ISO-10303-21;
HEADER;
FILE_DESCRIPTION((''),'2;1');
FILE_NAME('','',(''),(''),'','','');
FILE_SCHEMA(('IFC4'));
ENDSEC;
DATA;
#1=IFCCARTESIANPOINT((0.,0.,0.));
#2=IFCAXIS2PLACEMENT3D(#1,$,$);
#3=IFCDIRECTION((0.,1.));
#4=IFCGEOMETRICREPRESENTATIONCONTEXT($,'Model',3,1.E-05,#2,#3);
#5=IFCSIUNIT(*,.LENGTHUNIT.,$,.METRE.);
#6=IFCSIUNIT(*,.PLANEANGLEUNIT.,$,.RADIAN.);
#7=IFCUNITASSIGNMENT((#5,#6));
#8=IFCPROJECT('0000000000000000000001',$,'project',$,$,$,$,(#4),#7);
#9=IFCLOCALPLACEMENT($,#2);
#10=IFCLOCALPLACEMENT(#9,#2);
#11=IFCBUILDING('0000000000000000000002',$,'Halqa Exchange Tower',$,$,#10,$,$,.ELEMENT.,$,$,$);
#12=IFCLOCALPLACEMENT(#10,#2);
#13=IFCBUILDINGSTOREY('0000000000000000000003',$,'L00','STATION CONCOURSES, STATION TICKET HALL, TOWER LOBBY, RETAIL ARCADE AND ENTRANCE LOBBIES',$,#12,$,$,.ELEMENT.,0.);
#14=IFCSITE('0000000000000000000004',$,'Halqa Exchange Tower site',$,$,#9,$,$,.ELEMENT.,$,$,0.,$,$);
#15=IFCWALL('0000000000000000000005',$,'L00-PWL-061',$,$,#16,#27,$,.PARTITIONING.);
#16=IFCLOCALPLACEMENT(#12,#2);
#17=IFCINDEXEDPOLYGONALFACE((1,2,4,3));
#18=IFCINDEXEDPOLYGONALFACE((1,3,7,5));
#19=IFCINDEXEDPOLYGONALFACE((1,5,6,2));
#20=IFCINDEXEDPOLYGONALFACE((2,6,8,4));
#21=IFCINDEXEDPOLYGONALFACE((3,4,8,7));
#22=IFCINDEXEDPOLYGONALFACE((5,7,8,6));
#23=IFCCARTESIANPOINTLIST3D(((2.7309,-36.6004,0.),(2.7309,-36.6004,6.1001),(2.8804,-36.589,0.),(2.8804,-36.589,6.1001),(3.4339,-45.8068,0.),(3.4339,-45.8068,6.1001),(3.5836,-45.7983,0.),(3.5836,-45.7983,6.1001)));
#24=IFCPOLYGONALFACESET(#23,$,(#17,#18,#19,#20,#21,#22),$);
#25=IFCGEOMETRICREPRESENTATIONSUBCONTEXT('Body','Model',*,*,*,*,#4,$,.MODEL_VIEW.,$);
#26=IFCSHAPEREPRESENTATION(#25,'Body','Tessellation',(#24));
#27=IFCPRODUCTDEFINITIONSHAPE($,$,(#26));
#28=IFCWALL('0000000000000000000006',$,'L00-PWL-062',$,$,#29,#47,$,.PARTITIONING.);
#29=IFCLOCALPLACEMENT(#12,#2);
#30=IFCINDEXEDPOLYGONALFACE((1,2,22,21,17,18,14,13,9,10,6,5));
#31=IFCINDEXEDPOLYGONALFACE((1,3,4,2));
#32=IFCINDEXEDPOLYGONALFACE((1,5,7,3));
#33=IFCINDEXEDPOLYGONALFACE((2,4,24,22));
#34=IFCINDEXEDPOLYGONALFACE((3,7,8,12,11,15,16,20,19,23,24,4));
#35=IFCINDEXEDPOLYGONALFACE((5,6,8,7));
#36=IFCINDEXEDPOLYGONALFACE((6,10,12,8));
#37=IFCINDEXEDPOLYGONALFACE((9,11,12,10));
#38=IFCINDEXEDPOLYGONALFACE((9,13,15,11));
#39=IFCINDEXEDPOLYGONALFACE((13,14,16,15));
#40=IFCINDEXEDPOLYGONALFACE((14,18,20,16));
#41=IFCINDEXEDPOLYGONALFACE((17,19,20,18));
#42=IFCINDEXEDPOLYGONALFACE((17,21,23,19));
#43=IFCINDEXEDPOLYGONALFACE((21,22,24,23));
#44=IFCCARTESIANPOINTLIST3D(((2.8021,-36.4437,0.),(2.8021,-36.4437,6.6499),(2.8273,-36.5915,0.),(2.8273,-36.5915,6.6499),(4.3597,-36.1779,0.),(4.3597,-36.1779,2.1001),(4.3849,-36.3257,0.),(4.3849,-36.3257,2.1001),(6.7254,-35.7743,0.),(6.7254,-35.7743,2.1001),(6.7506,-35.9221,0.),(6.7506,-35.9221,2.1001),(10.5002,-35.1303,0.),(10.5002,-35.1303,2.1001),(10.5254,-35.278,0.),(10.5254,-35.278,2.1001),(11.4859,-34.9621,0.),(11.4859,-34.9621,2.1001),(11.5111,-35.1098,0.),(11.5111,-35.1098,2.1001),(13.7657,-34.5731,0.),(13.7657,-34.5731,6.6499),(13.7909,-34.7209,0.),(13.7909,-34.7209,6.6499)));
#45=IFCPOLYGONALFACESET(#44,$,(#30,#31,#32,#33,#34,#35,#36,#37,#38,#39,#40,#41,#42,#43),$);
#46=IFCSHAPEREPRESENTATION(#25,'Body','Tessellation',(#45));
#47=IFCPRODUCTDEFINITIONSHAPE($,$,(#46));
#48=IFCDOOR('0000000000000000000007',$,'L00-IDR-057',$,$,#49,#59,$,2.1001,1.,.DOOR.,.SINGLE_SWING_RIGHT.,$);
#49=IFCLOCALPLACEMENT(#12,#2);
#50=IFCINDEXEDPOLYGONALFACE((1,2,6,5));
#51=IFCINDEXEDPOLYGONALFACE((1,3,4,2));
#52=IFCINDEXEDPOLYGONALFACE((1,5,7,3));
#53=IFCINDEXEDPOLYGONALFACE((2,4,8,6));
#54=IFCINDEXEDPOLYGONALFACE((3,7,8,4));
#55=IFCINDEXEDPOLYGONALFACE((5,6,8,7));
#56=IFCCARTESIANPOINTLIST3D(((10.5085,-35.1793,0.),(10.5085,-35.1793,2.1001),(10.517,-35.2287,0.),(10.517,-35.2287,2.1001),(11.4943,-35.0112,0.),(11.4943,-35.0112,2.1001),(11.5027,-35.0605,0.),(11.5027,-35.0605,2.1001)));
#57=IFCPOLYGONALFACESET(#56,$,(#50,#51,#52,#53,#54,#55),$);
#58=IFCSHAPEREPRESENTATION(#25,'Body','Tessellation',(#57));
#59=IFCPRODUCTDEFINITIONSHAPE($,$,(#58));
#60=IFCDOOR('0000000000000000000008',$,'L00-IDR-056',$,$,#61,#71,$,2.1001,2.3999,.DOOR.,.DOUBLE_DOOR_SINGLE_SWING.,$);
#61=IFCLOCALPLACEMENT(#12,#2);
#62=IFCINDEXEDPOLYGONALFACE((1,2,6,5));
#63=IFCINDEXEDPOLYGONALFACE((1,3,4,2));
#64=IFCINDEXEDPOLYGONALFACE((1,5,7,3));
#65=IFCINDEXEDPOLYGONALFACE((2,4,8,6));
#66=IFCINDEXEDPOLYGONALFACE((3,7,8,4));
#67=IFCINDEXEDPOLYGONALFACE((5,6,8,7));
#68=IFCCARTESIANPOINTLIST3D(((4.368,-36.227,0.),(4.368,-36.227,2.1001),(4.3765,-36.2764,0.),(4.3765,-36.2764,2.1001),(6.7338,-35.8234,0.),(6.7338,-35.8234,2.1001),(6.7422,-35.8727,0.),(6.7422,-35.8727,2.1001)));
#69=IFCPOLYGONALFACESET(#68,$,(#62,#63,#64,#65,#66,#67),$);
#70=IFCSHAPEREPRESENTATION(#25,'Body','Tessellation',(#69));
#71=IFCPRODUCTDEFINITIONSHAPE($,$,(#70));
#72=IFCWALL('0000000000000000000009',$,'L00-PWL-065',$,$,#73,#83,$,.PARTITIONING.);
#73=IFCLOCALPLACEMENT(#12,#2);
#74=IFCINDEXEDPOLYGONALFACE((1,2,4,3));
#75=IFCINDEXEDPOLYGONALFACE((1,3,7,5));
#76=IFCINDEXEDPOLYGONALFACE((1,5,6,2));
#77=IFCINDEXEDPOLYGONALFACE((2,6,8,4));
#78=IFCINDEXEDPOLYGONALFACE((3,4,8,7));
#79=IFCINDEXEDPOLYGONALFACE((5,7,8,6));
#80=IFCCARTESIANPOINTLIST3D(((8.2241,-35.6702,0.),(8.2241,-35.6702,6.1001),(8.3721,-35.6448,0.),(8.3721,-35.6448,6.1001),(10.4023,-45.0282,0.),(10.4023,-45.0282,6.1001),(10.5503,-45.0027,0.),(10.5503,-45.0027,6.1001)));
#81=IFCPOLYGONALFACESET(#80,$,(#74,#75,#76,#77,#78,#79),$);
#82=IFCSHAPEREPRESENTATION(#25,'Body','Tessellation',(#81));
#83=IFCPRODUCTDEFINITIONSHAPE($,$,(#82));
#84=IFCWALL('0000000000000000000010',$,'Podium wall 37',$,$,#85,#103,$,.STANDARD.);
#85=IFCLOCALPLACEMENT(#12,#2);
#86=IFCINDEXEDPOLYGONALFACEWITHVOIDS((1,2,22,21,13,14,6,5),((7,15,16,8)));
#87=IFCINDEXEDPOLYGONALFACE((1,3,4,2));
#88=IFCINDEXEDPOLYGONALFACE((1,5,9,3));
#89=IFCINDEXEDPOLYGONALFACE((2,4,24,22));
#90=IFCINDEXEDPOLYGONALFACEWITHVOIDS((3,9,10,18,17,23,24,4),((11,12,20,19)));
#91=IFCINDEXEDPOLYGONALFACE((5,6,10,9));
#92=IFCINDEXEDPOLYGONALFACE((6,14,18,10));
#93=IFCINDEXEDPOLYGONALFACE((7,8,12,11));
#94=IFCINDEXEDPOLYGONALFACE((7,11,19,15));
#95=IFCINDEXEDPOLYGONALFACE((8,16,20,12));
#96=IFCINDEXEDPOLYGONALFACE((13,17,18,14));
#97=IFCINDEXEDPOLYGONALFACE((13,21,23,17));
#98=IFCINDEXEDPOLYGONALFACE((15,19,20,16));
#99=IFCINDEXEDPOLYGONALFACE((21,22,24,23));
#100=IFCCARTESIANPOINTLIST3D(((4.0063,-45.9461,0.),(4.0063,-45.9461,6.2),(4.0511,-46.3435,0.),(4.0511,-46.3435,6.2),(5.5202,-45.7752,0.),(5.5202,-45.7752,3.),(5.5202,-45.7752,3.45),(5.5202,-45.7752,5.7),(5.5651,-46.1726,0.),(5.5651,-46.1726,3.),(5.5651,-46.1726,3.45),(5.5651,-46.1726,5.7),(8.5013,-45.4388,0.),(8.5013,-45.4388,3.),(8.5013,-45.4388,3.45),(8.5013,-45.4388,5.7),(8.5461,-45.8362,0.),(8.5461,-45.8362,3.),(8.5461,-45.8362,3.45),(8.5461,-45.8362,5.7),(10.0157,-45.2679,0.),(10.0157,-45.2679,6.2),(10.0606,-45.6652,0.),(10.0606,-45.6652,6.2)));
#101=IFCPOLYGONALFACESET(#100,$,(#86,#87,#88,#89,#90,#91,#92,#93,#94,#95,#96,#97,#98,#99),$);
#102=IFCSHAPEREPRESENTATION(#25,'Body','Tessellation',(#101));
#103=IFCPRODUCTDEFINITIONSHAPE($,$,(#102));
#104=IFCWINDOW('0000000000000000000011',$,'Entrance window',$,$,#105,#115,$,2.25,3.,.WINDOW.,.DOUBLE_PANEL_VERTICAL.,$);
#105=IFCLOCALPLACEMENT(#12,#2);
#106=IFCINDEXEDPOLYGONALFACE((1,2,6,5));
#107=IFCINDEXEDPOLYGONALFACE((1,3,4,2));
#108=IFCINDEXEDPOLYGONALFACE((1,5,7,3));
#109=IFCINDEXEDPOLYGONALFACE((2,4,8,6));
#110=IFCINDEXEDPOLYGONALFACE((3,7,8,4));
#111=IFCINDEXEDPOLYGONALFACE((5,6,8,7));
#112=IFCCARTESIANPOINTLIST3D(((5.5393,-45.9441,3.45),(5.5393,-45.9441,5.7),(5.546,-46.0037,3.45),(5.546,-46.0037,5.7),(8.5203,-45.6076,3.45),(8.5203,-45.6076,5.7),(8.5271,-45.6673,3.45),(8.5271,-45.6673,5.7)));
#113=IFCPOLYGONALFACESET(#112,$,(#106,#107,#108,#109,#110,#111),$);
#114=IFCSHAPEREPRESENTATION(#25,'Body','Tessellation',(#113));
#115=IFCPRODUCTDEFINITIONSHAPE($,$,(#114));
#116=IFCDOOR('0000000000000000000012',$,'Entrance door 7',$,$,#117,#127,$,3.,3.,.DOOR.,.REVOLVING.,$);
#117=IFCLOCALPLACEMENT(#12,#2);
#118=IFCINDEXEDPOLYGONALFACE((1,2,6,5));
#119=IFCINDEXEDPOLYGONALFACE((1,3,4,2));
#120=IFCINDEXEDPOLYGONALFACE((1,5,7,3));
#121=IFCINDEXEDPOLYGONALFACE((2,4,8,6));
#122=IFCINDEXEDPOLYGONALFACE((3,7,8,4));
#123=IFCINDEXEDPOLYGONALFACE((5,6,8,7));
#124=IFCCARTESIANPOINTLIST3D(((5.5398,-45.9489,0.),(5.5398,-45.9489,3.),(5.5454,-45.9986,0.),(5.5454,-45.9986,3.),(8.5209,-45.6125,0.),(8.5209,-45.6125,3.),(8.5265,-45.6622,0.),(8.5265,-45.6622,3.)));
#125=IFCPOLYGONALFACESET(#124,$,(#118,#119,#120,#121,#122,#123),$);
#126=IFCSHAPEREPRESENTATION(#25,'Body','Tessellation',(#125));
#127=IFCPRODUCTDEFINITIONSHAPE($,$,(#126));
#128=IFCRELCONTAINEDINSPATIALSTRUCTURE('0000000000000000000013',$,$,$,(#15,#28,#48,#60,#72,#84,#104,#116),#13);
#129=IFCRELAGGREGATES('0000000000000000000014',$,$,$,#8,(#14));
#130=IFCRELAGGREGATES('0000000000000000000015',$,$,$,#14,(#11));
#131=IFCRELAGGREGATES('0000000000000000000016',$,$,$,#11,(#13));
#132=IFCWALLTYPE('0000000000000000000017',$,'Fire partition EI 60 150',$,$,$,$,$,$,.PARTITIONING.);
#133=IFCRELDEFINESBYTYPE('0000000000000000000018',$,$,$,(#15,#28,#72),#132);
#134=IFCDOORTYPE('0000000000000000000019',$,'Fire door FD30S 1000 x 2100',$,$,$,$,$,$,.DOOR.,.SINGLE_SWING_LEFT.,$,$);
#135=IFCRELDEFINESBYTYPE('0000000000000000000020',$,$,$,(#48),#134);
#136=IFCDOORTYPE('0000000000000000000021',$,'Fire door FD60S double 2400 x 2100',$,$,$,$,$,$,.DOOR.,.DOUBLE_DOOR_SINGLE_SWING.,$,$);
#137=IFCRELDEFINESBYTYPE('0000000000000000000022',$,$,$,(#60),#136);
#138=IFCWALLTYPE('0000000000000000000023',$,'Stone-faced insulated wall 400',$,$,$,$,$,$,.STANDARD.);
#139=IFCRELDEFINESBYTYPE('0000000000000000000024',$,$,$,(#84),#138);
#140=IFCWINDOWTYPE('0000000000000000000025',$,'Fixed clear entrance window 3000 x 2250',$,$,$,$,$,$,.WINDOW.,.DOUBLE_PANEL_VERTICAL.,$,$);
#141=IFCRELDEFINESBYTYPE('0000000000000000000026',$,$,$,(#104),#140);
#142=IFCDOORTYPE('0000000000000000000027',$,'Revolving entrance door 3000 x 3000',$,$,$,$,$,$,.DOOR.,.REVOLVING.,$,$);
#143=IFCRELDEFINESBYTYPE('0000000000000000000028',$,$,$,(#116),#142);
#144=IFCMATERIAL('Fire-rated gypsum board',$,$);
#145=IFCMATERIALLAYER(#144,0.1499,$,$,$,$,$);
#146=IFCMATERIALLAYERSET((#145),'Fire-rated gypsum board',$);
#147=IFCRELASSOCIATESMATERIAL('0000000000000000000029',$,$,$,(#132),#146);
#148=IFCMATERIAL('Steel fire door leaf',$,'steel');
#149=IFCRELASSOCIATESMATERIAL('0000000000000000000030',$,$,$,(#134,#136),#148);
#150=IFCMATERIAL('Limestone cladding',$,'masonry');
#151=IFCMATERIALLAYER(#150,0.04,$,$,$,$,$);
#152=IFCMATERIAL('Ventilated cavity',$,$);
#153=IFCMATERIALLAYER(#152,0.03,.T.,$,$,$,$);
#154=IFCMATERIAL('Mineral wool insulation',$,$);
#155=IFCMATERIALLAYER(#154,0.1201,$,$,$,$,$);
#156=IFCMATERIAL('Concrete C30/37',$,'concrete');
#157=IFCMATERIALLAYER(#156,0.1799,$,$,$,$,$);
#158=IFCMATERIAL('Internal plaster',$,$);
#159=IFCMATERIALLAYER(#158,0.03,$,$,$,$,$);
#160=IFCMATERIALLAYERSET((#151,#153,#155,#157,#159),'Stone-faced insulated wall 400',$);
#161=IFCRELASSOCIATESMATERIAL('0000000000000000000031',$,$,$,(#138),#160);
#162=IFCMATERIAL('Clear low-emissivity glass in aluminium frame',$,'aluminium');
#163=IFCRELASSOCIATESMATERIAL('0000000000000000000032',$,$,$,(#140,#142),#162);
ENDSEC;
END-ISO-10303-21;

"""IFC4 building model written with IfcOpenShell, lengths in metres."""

from ifc_helpers import new_model, si_unit, direction, frame, frame_2d, origin, place, context, subcontext, project, spatial, polyline, rectangle, outline, extrude, material, layer, layer_set, type_object, element, fill, save


model = new_model("IFC4")

# Units and contexts
model_context = context("Model", 3, precision=1e-05, world=origin(), true_north=direction((0.0, 1.0)))
body_context = subcontext(model_context, "Body", "Model", "MODEL_VIEW")
ifc_project = project(units=[si_unit("LENGTHUNIT", "METRE"), si_unit("PLANEANGLEUNIT", "RADIAN")], contexts=[model_context])

# Site, building, storey
site_placement = place(None, origin())
site = spatial("IfcSite", under=ifc_project, at=site_placement, Name="Halqa Exchange Tower site", CompositionType="ELEMENT", RefElevation=0.0)
building_placement = place(site_placement, origin())
building = spatial("IfcBuilding", under=site, at=building_placement, Name="Halqa Exchange Tower", CompositionType="ELEMENT")
storey_placement = place(building_placement, origin())
storey = spatial("IfcBuildingStorey", under=building, at=storey_placement, Name="L00", Description="STATION CONCOURSES, STATION TICKET HALL, TOWER LOBBY, RETAIL ARCADE AND ENTRANCE LOBBIES", CompositionType="ELEMENT", Elevation=0.0)

# Shared definitions
ifc_material_1 = material(Name="Fire-rated gypsum board")
ifc_layer_1 = layer(ifc_material_1, 0.1499)
ifc_layer_set_1 = layer_set([ifc_layer_1], Name="Fire-rated gypsum board")
wall_type_1 = type_object("IfcWallType", Name="Fire partition EI 60 150", PredefinedType="PARTITIONING", material=ifc_layer_set_1)
ifc_material_2 = material(Name="Steel fire door leaf", Category="steel")
door_type_1 = type_object("IfcDoorType", Name="Fire door FD30S 1000 x 2100", OperationType="SINGLE_SWING_LEFT", PredefinedType="DOOR", material=ifc_material_2)

# Wall
wall_1_placement = place(storey_placement, frame((2.8057, -36.5947, 0.0), z_axis=(0.0, 0.0, 1.0), x_axis=(0.076141, -0.997097, 0.0)))
element("IfcWall", 1, at=wall_1_placement, inside=storey, type_object=wall_type_1, Name="L00-PWL-061", PredefinedType="PARTITIONING", context=body_context, shape_type="SweptSolid", body=[
    extrude(outline(polyline([(0.0, -0.075), (9.2332, -0.075), (9.2361, 0.075), (0.0, 0.075), (0.0, -0.075)])), origin(), (0.0, 0.0, 1.0), 6.1001),
])

# Wall, openings, doors
wall_2_placement = place(storey_placement, frame((2.8147, -36.5176, 0.0), z_axis=(0.0, 0.0, 1.0), x_axis=(0.985755, 0.168189, 0.0)))
wall_2 = element("IfcWall", 2, at=wall_2_placement, inside=storey, type_object=wall_type_1, Name="L00-PWL-062", PredefinedType="PARTITIONING", context=body_context, shape_type="SweptSolid", body=[
    extrude(rectangle(XDim=11.1221, YDim=0.1499, at=frame_2d((5.561, 0.0))), origin(), (0.0, 0.0, 1.0), 6.6499),
])
opening_1_placement = place(wall_2_placement, frame((1.5801, 0.0, 0.0)))
opening_1 = element("IfcOpeningElement", 3, at=opening_1_placement, cuts=wall_2, PredefinedType="OPENING", context=body_context, shape_type="SweptSolid", body=[
    extrude(rectangle(XDim=2.3999, YDim=2.1001, at=frame_2d((1.2, 1.05))), frame((0.0, 0.0869, 0.0), z_axis=(0.0, -1.0, 0.0), x_axis=(1.0, 0.0, 0.0)), (0.0, 0.0, 1.0), 0.1738),
])
opening_2_placement = place(wall_2_placement, frame((7.8093, 0.0, 0.0)))
opening_2 = element("IfcOpeningElement", 4, at=opening_2_placement, cuts=wall_2, PredefinedType="OPENING", context=body_context, shape_type="SweptSolid", body=[
    extrude(rectangle(XDim=1.0, YDim=2.1001, at=frame_2d((0.5, 1.05))), frame((0.0, 0.0869, 0.0), z_axis=(0.0, -1.0, 0.0), x_axis=(1.0, 0.0, 0.0)), (0.0, 0.0, 1.0), 0.1738),
])
door_1_placement = place(opening_2_placement, frame((1.0, 0.0, 0.0), z_axis=(0.0, 0.0, 1.0), x_axis=(-1.0, 0.0, 0.0)))
door_1 = element("IfcDoor", 5, at=door_1_placement, inside=storey, type_object=door_type_1, Name="L00-IDR-057", OperationType="SINGLE_SWING_RIGHT", OverallHeight=2.1001, OverallWidth=1.0, PredefinedType="DOOR", context=body_context, shape_type="SweptSolid", body=[
    extrude(rectangle(XDim=1.0, YDim=2.1001, at=frame_2d((0.5, 1.05))), frame((0.0, 0.0249, 0.0), z_axis=(0.0, -1.0, 0.0), x_axis=(1.0, 0.0, 0.0)), (0.0, 0.0, 1.0), 0.05),
])
fill(opening_2, door_1)
door_type_2 = type_object("IfcDoorType", Name="Fire door FD60S double 2400 x 2100", OperationType="DOUBLE_DOOR_SINGLE_SWING", PredefinedType="DOOR", material=ifc_material_2)
door_2_placement = place(opening_1_placement, frame((2.3999, 0.0, 0.0), z_axis=(0.0, 0.0, 1.0), x_axis=(-1.0, 0.0, 0.0)))
door_2 = element("IfcDoor", 6, at=door_2_placement, inside=storey, type_object=door_type_2, Name="L00-IDR-056", OperationType="DOUBLE_DOOR_SINGLE_SWING", OverallHeight=2.1001, OverallWidth=2.3999, PredefinedType="DOOR", context=body_context, shape_type="SweptSolid", body=[
    extrude(rectangle(XDim=2.3999, YDim=2.1001, at=frame_2d((1.2, 1.05))), frame((0.0, 0.0249, 0.0), z_axis=(0.0, -1.0, 0.0), x_axis=(1.0, 0.0, 0.0)), (0.0, 0.0, 1.0), 0.05),
])
fill(opening_1, door_2)

# Wall
wall_3_placement = place(storey_placement, frame((8.2981, -35.6575, 0.0), z_axis=(0.0, 0.0, 1.0), x_axis=(0.226707, -0.973963, 0.0)))
element("IfcWall", 7, at=wall_3_placement, inside=storey, type_object=wall_type_1, Name="L00-PWL-065", PredefinedType="PARTITIONING", context=body_context, shape_type="SweptSolid", body=[
    extrude(outline(polyline([(-0.0044, -0.075), (9.6038, -0.075), (9.6125, 0.075), (0.0044, 0.075), (-0.0044, -0.075)])), origin(), (0.0, 0.0, 1.0), 6.1001),
])

# Wall, openings, window, door
ifc_material_3 = material(Name="Limestone cladding", Category="masonry")
ifc_layer_2 = layer(ifc_material_3, 0.04)
ifc_material_4 = material(Name="Ventilated cavity")
ifc_layer_3 = layer(ifc_material_4, 0.03, ventilated=True)
ifc_material_5 = material(Name="Mineral wool insulation")
ifc_layer_4 = layer(ifc_material_5, 0.1201)
ifc_material_6 = material(Name="Concrete C30/37", Category="concrete")
ifc_layer_5 = layer(ifc_material_6, 0.1799)
ifc_material_7 = material(Name="Internal plaster")
ifc_layer_6 = layer(ifc_material_7, 0.03)
ifc_layer_set_2 = layer_set([ifc_layer_2, ifc_layer_3, ifc_layer_4, ifc_layer_5, ifc_layer_6], Name="Stone-faced insulated wall 400")
wall_type_2 = type_object("IfcWallType", Name="Stone-faced insulated wall 400", PredefinedType="STANDARD", material=ifc_layer_set_2)
wall_4_placement = place(storey_placement, frame((4.0286, -46.1448, 0.0), z_axis=(0.0, 0.0, 1.0), x_axis=(0.993692, 0.112146, 0.0)))
wall_4 = element("IfcWall", 8, at=wall_4_placement, inside=storey, type_object=wall_type_2, Name="Podium wall 37", PredefinedType="STANDARD", context=body_context, shape_type="SweptSolid", body=[
    extrude(rectangle(XDim=6.0476, YDim=0.3999, at=frame_2d((3.0239, 0.0))), origin(), (0.0, 0.0, 1.0), 6.2),
])
opening_3_placement = place(wall_4_placement, frame((1.5237, 0.0, 0.0)))
opening_3 = element("IfcOpeningElement", 9, at=opening_3_placement, cuts=wall_4, PredefinedType="OPENING", context=body_context, shape_type="SweptSolid", body=[
    extrude(rectangle(XDim=3.0, YDim=3.0, at=frame_2d((1.5, 1.5))), frame((0.0, 0.2119, 0.0), z_axis=(0.0, -1.0, 0.0), x_axis=(1.0, 0.0, 0.0)), (0.0, 0.0, 1.0), 0.4238),
])
opening_4_placement = place(wall_4_placement, frame((1.5237, 0.0, 3.45)))
opening_4 = element("IfcOpeningElement", 10, at=opening_4_placement, cuts=wall_4, PredefinedType="OPENING", context=body_context, shape_type="SweptSolid", body=[
    extrude(rectangle(XDim=3.0, YDim=2.25, at=frame_2d((1.5, 1.125))), frame((0.0, 0.2119, 0.0), z_axis=(0.0, -1.0, 0.0), x_axis=(1.0, 0.0, 0.0)), (0.0, 0.0, 1.0), 0.4238),
])
ifc_material_8 = material(Name="Clear low-emissivity glass in aluminium frame", Category="aluminium")
window_type = type_object("IfcWindowType", Name="Fixed clear entrance window 3000 x 2250", PartitioningType="DOUBLE_PANEL_VERTICAL", PredefinedType="WINDOW", material=ifc_material_8)
window_placement = place(opening_4_placement, origin())
window = element("IfcWindow", 11, at=window_placement, inside=storey, type_object=window_type, Name="Entrance window", OverallHeight=2.25, OverallWidth=3.0, PartitioningType="DOUBLE_PANEL_VERTICAL", PredefinedType="WINDOW", context=body_context, shape_type="SweptSolid", body=[
    extrude(rectangle(XDim=3.0, YDim=2.25, at=frame_2d((1.5, 1.125))), frame((0.0, 0.03, 0.0), z_axis=(0.0, -1.0, 0.0), x_axis=(1.0, 0.0, 0.0)), (0.0, 0.0, 1.0), 0.0601),
])
fill(opening_4, window)
door_type_3 = type_object("IfcDoorType", Name="Revolving entrance door 3000 x 3000", OperationType="REVOLVING", PredefinedType="DOOR", material=ifc_material_8)
door_3_placement = place(opening_3_placement, frame((3.0, 0.0, 0.0), z_axis=(0.0, 0.0, 1.0), x_axis=(-1.0, 0.0, 0.0)))
door_3 = element("IfcDoor", 12, at=door_3_placement, inside=storey, type_object=door_type_3, Name="Entrance door 7", OperationType="REVOLVING", OverallHeight=3.0, OverallWidth=3.0, PredefinedType="DOOR", context=body_context, shape_type="SweptSolid", body=[
    extrude(rectangle(XDim=3.0, YDim=3.0, at=frame_2d((1.5, 1.5))), frame((0.0, 0.0249, 0.0), z_axis=(0.0, -1.0, 0.0), x_axis=(1.0, 0.0, 0.0)), (0.0, 0.0, 1.0), 0.05),
])
fill(opening_3, door_3)

save(model, "model.ifc")
